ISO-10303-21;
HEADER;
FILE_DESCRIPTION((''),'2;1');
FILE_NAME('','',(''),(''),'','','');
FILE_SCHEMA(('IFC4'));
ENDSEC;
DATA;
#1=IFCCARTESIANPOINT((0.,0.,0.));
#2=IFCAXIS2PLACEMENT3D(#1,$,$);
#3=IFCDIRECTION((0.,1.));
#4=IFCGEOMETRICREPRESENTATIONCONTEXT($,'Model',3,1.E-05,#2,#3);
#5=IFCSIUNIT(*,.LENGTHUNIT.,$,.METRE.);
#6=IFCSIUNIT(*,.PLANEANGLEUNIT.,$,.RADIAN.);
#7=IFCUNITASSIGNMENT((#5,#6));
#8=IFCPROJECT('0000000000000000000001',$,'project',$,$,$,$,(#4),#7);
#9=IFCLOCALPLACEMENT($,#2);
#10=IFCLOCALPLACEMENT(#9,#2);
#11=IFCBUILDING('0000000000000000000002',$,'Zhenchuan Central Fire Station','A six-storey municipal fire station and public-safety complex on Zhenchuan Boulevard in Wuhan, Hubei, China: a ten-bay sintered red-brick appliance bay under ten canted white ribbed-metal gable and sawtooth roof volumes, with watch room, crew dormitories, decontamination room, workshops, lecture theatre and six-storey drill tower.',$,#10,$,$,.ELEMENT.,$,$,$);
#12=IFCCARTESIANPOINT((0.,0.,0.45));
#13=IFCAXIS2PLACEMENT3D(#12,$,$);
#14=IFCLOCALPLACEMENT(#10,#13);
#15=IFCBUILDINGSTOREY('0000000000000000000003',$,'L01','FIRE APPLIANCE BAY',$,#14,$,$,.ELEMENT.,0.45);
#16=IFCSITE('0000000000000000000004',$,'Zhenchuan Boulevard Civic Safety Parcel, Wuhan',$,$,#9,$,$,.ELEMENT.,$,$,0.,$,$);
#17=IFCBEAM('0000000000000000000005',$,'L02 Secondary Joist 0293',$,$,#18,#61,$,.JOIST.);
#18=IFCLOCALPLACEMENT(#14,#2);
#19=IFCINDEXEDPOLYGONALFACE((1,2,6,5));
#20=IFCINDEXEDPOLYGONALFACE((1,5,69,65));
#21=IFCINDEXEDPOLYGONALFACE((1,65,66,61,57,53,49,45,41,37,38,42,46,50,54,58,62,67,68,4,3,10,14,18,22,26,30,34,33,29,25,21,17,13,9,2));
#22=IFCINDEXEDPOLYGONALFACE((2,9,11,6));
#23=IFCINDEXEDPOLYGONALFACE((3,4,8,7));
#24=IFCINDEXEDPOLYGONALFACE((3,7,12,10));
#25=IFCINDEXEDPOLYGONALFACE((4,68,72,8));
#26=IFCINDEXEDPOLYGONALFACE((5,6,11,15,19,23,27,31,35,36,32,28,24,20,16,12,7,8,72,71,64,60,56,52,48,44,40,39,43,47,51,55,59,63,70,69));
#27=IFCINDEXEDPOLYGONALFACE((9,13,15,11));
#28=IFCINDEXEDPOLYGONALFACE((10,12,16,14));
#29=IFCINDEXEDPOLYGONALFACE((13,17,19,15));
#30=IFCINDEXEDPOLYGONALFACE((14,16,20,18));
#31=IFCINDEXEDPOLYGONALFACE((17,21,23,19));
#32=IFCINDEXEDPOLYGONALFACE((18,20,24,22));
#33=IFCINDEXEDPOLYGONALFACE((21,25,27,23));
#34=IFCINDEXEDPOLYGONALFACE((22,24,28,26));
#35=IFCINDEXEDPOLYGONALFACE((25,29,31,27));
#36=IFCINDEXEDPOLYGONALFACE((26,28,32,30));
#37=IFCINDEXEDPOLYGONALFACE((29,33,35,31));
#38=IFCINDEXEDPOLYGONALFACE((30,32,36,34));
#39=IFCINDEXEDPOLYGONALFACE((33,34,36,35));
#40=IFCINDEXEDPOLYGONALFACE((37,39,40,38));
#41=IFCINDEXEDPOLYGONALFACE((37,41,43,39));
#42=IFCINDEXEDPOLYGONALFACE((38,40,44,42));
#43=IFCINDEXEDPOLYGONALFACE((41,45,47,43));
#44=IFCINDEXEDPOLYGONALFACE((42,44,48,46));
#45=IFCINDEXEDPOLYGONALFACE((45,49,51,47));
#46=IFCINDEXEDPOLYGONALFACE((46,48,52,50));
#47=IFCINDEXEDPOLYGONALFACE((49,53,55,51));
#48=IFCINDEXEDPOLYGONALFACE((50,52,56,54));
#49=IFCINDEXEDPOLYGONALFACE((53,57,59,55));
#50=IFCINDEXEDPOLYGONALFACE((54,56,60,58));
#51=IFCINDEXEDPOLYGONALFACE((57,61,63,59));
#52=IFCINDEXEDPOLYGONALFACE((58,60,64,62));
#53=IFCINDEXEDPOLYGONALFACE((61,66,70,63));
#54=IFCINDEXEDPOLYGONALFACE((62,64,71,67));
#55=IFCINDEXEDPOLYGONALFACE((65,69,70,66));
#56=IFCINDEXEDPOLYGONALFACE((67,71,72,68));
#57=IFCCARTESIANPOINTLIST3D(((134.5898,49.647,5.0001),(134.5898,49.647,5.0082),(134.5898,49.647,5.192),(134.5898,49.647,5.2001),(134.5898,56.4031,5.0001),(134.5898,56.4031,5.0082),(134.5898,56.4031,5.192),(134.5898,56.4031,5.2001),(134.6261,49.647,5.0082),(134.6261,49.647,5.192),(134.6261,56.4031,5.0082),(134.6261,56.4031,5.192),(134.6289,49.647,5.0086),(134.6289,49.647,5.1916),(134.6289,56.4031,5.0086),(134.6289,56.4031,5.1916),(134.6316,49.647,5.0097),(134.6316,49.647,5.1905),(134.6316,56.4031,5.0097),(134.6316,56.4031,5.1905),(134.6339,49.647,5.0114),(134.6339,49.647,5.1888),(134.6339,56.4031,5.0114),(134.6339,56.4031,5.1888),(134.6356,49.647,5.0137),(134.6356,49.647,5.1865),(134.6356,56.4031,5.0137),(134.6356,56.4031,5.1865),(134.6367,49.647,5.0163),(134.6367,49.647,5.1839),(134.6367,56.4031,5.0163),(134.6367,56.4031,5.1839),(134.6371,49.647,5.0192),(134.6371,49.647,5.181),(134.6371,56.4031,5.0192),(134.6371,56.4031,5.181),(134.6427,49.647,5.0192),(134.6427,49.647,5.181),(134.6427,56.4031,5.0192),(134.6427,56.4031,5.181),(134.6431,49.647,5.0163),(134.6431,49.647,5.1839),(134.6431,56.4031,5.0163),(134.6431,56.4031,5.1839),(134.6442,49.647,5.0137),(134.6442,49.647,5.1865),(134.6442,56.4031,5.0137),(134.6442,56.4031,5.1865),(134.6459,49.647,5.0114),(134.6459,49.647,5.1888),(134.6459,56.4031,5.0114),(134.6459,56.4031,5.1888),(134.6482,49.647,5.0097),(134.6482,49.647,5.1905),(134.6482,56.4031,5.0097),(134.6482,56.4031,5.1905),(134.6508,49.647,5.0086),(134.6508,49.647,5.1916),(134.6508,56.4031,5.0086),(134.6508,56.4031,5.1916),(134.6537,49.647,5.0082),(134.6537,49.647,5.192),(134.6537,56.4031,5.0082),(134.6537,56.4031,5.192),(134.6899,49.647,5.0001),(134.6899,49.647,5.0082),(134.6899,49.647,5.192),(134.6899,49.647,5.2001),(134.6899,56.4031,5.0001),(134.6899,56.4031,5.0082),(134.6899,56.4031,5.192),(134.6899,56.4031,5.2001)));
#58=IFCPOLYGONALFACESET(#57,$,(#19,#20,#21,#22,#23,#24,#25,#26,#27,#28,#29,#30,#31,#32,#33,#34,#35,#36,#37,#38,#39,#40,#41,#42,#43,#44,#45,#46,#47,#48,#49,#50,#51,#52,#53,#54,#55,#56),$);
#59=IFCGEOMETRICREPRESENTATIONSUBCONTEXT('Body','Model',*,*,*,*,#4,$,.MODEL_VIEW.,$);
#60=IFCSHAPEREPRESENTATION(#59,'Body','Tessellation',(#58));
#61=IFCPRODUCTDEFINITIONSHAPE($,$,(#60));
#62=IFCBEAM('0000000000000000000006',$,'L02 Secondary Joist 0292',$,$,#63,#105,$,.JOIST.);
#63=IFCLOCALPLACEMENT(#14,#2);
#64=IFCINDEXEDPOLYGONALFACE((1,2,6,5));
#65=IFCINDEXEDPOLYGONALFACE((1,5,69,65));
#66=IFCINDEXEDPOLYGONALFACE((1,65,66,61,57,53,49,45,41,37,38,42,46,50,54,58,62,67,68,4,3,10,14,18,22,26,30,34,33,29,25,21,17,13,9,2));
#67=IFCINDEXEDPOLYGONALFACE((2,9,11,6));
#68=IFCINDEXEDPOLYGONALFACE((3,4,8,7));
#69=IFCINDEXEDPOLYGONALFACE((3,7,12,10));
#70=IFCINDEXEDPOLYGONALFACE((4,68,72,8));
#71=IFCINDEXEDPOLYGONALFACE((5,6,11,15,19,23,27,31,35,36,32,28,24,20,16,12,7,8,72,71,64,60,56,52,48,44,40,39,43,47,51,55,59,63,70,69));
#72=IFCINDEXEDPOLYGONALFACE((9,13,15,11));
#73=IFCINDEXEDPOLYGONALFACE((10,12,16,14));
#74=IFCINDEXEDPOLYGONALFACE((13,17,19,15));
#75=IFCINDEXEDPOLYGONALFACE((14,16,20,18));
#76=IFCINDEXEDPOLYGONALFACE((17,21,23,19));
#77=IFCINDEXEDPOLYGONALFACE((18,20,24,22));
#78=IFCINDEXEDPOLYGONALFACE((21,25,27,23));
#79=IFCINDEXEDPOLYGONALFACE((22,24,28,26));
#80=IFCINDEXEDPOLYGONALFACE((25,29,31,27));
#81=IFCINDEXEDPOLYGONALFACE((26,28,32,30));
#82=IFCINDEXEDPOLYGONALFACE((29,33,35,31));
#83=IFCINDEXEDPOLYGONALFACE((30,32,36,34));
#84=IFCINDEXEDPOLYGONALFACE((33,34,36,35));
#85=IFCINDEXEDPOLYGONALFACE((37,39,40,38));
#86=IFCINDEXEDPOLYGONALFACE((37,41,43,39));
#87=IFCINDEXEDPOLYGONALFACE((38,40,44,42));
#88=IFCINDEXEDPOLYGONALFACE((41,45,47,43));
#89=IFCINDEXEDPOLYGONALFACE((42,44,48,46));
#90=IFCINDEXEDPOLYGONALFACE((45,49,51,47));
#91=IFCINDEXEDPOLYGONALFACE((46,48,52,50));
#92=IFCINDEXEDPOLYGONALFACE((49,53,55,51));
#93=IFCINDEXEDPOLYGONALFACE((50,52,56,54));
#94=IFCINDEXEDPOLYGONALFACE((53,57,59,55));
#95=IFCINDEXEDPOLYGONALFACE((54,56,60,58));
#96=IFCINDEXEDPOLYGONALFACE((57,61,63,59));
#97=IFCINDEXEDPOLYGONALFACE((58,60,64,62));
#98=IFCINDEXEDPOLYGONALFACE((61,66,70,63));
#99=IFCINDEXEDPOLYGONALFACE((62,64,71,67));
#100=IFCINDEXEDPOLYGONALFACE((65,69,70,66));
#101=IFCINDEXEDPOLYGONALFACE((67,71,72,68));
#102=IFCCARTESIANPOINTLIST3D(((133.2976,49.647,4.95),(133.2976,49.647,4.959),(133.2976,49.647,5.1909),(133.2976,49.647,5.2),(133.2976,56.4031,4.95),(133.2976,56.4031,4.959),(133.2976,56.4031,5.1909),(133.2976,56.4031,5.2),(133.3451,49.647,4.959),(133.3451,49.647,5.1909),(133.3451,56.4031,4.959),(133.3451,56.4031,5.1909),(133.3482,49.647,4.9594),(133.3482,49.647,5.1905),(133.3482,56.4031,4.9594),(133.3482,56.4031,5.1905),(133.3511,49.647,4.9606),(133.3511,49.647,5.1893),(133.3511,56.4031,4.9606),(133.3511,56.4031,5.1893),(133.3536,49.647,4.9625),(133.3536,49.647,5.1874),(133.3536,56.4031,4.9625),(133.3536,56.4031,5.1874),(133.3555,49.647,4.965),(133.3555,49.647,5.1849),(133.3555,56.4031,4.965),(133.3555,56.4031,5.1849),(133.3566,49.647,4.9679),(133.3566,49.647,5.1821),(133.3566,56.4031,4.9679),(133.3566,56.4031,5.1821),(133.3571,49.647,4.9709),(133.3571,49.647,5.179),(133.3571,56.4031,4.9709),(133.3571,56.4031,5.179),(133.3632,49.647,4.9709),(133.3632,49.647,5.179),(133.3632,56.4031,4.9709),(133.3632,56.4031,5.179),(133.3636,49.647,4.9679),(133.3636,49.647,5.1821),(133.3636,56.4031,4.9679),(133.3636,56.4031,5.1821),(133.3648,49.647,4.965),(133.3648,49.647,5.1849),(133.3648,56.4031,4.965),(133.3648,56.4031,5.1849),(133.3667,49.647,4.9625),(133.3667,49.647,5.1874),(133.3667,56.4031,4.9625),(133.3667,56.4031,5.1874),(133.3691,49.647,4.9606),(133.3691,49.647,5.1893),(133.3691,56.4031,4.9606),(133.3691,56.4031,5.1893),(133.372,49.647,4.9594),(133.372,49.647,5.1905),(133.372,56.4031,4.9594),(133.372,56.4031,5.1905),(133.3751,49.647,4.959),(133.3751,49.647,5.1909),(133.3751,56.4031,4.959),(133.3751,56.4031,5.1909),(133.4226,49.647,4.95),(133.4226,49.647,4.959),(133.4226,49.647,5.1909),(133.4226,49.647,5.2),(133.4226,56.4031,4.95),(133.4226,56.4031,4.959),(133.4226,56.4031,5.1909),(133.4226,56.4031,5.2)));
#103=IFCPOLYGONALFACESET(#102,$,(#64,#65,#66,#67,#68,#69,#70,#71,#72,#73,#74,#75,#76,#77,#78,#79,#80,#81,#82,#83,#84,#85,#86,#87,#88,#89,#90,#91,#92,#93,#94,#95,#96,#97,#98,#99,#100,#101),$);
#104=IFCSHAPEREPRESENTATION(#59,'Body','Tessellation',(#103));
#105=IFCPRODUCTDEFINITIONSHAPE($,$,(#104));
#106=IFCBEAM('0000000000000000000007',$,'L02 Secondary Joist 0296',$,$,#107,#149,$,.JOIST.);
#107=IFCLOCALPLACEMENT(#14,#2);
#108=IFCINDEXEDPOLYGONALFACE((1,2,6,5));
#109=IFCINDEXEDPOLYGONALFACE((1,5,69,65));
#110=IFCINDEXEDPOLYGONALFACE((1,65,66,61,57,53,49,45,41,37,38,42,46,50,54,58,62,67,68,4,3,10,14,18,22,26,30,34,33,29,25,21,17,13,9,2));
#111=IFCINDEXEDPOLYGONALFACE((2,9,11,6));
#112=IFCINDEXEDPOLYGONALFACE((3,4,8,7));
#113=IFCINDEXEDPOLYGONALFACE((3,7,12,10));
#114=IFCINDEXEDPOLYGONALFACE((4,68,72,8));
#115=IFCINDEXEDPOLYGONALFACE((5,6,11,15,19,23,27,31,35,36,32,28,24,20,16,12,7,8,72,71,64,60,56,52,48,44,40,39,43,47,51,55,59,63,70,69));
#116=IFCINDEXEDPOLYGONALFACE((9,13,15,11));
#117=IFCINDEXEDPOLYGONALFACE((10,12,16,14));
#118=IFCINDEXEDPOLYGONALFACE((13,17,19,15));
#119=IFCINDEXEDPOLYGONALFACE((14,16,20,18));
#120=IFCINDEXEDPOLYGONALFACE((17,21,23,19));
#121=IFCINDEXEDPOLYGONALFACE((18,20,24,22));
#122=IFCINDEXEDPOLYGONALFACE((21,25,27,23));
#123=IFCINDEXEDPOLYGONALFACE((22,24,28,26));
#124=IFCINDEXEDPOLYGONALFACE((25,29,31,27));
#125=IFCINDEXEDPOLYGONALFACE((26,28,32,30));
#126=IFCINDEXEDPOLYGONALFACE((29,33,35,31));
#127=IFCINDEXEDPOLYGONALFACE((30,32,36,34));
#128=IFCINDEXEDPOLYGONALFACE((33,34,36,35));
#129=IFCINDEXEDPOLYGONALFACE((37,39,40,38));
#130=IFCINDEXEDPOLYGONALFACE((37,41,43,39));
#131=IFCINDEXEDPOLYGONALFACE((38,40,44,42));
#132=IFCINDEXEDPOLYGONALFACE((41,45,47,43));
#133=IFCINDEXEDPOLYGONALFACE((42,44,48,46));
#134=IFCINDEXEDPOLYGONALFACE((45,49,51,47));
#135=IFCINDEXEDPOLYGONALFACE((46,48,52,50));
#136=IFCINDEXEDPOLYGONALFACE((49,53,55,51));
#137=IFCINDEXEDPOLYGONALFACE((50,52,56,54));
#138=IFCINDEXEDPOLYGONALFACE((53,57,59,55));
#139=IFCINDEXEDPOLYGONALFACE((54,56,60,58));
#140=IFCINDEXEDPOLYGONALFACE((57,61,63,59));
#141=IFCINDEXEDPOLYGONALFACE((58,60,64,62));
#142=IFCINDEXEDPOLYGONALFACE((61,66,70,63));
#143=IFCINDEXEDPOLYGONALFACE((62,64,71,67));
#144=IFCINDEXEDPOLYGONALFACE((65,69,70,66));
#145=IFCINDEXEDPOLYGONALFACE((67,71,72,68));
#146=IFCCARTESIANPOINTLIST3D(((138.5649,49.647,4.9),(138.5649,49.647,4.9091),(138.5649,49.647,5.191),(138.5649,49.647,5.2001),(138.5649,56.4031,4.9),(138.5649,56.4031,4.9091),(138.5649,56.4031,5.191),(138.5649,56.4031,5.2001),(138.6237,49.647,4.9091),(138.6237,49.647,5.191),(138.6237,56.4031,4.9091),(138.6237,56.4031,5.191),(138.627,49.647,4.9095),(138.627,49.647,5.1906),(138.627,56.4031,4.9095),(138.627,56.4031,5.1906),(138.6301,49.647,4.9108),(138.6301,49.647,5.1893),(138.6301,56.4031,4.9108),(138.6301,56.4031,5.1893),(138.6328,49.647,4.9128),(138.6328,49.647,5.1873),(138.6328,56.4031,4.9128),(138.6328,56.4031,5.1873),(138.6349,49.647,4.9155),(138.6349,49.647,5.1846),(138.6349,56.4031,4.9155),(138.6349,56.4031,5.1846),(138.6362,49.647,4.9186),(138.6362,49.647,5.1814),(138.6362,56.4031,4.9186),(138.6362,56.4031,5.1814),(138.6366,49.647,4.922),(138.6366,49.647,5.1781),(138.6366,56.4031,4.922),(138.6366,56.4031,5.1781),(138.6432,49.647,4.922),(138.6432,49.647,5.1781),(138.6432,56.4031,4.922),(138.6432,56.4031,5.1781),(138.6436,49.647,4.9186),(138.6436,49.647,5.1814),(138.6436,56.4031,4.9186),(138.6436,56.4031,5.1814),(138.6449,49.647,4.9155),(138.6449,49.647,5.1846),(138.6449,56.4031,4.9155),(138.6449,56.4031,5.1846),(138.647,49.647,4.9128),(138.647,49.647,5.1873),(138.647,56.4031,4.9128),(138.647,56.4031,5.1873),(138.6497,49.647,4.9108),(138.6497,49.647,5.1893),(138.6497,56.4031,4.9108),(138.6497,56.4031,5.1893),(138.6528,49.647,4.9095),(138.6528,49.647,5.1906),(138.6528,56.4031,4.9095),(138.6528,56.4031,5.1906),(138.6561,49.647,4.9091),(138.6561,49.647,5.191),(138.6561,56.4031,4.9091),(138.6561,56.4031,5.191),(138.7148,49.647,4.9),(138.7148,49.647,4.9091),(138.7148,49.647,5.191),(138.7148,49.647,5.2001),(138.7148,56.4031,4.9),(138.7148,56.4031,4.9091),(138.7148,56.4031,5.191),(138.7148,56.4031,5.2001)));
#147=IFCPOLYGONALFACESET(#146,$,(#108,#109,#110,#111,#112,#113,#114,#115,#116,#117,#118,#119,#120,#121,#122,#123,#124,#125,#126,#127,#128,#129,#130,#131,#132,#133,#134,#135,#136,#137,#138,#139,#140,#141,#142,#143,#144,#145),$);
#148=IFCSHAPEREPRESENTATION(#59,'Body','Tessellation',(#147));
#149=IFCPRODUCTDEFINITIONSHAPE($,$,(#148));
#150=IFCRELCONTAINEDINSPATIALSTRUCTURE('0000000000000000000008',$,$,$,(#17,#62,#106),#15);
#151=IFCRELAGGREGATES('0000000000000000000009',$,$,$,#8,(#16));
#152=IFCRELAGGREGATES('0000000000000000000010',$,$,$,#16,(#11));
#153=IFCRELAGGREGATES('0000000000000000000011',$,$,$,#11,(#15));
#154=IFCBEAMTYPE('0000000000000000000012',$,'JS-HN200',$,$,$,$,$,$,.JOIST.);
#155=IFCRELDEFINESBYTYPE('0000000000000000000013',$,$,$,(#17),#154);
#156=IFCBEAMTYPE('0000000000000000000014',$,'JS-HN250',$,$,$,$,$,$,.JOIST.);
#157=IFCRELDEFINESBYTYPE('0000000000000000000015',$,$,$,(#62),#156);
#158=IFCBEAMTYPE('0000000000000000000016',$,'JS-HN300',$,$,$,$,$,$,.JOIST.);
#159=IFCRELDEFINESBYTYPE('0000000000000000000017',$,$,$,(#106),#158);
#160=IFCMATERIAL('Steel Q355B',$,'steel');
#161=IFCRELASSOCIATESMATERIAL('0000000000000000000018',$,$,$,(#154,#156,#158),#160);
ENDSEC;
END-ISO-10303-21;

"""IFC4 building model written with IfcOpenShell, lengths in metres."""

from ifc_helpers import new_model, si_unit, direction, frame, origin, origin_2d, place, context, subcontext, project, spatial, i_section, extrude, material, material_profile, profile_set, type_object, element, save


model = new_model("IFC4")

# Units and contexts
model_context = context("Model", 3, precision=1e-05, world=origin(), true_north=direction((0.0, 1.0)))
body_context = subcontext(model_context, "Body", "Model", "MODEL_VIEW")
ifc_project = project(units=[si_unit("LENGTHUNIT", "METRE"), si_unit("PLANEANGLEUNIT", "RADIAN")], contexts=[model_context])

# Site, building, storey
site_placement = place(None, origin())
site = spatial("IfcSite", under=ifc_project, at=site_placement, Name="Zhenchuan Boulevard Civic Safety Parcel, Wuhan", CompositionType="ELEMENT", RefElevation=0.0)
building_placement = place(site_placement, origin())
building = spatial("IfcBuilding", under=site, at=building_placement, Name="Zhenchuan Central Fire Station", Description="A six-storey municipal fire station and public-safety complex on Zhenchuan Boulevard in Wuhan, Hubei, China: a ten-bay sintered red-brick appliance bay under ten canted white ribbed-metal gable and sawtooth roof volumes, with watch room, crew dormitories, decontamination room, workshops, lecture theatre and six-storey drill tower.", CompositionType="ELEMENT")
storey_placement = place(building_placement, frame((0.0, 0.0, 0.45)))
storey = spatial("IfcBuildingStorey", under=building, at=storey_placement, Name="L01", Description="FIRE APPLIANCE BAY", CompositionType="ELEMENT", Elevation=0.45)

# Beams
ifc_material_1 = material(Name="Steel Q355B", Category="steel")
ifc_material_profile_1 = material_profile(ifc_material_1, i_section(OverallWidth=0.1001, OverallDepth=0.2, WebThickness=0.0056, FlangeThickness=0.0081, FilletRadius=0.011, at=origin_2d()), Name="HN 200x100")
ifc_profile_set_1 = profile_set([ifc_material_profile_1], Name="Steel Q355B")
beam_type_1 = type_object("IfcBeamType", Name="JS-HN200", PredefinedType="JOIST", material=ifc_profile_set_1)
beam_1_placement = place(storey_placement, frame((134.6399, 49.647, 5.1001), z_axis=(0.0, 1.0, 0.0), x_axis=(-1.0, 0.0, 0.0)))
element("IfcBeam", 1, at=beam_1_placement, inside=storey, type_object=beam_type_1, Name="L02 Secondary Joist 0293", PredefinedType="JOIST", context=body_context, shape_type="SweptSolid", body=[
    extrude(i_section(OverallWidth=0.1001, OverallDepth=0.2, WebThickness=0.0056, FlangeThickness=0.0081, FilletRadius=0.011, at=origin_2d()), origin(), (0.0, 0.0, 1.0), 6.7561),
])
ifc_material_profile_2 = material_profile(ifc_material_1, i_section(OverallWidth=0.125, OverallDepth=0.25, WebThickness=0.0061, FlangeThickness=0.009, FilletRadius=0.012, at=origin_2d()), Name="HN 250x125")
ifc_profile_set_2 = profile_set([ifc_material_profile_2], Name="Steel Q355B")
beam_type_2 = type_object("IfcBeamType", Name="JS-HN250", PredefinedType="JOIST", material=ifc_profile_set_2)
beam_2_placement = place(storey_placement, frame((133.3601, 49.647, 5.075), z_axis=(0.0, 1.0, 0.0), x_axis=(-1.0, 0.0, 0.0)))
element("IfcBeam", 2, at=beam_2_placement, inside=storey, type_object=beam_type_2, Name="L02 Secondary Joist 0292", PredefinedType="JOIST", context=body_context, shape_type="SweptSolid", body=[
    extrude(i_section(OverallWidth=0.125, OverallDepth=0.25, WebThickness=0.0061, FlangeThickness=0.009, FilletRadius=0.012, at=origin_2d()), origin(), (0.0, 0.0, 1.0), 6.7561),
])
ifc_material_profile_3 = material_profile(ifc_material_1, i_section(OverallWidth=0.1499, OverallDepth=0.3, WebThickness=0.0066, FlangeThickness=0.009, FilletRadius=0.0129, at=origin_2d()), Name="HN 300x150")
ifc_profile_set_3 = profile_set([ifc_material_profile_3], Name="Steel Q355B")
beam_type_3 = type_object("IfcBeamType", Name="JS-HN300", PredefinedType="JOIST", material=ifc_profile_set_3)
beam_3_placement = place(storey_placement, frame((138.6399, 49.647, 5.05), z_axis=(0.0, 1.0, 0.0), x_axis=(-1.0, 0.0, 0.0)))
element("IfcBeam", 3, at=beam_3_placement, inside=storey, type_object=beam_type_3, Name="L02 Secondary Joist 0296", PredefinedType="JOIST", context=body_context, shape_type="SweptSolid", body=[
    extrude(i_section(OverallWidth=0.1499, OverallDepth=0.3, WebThickness=0.0066, FlangeThickness=0.009, FilletRadius=0.0129, at=origin_2d()), origin(), (0.0, 0.0, 1.0), 6.7561),
])

save(model, "model.ifc")
